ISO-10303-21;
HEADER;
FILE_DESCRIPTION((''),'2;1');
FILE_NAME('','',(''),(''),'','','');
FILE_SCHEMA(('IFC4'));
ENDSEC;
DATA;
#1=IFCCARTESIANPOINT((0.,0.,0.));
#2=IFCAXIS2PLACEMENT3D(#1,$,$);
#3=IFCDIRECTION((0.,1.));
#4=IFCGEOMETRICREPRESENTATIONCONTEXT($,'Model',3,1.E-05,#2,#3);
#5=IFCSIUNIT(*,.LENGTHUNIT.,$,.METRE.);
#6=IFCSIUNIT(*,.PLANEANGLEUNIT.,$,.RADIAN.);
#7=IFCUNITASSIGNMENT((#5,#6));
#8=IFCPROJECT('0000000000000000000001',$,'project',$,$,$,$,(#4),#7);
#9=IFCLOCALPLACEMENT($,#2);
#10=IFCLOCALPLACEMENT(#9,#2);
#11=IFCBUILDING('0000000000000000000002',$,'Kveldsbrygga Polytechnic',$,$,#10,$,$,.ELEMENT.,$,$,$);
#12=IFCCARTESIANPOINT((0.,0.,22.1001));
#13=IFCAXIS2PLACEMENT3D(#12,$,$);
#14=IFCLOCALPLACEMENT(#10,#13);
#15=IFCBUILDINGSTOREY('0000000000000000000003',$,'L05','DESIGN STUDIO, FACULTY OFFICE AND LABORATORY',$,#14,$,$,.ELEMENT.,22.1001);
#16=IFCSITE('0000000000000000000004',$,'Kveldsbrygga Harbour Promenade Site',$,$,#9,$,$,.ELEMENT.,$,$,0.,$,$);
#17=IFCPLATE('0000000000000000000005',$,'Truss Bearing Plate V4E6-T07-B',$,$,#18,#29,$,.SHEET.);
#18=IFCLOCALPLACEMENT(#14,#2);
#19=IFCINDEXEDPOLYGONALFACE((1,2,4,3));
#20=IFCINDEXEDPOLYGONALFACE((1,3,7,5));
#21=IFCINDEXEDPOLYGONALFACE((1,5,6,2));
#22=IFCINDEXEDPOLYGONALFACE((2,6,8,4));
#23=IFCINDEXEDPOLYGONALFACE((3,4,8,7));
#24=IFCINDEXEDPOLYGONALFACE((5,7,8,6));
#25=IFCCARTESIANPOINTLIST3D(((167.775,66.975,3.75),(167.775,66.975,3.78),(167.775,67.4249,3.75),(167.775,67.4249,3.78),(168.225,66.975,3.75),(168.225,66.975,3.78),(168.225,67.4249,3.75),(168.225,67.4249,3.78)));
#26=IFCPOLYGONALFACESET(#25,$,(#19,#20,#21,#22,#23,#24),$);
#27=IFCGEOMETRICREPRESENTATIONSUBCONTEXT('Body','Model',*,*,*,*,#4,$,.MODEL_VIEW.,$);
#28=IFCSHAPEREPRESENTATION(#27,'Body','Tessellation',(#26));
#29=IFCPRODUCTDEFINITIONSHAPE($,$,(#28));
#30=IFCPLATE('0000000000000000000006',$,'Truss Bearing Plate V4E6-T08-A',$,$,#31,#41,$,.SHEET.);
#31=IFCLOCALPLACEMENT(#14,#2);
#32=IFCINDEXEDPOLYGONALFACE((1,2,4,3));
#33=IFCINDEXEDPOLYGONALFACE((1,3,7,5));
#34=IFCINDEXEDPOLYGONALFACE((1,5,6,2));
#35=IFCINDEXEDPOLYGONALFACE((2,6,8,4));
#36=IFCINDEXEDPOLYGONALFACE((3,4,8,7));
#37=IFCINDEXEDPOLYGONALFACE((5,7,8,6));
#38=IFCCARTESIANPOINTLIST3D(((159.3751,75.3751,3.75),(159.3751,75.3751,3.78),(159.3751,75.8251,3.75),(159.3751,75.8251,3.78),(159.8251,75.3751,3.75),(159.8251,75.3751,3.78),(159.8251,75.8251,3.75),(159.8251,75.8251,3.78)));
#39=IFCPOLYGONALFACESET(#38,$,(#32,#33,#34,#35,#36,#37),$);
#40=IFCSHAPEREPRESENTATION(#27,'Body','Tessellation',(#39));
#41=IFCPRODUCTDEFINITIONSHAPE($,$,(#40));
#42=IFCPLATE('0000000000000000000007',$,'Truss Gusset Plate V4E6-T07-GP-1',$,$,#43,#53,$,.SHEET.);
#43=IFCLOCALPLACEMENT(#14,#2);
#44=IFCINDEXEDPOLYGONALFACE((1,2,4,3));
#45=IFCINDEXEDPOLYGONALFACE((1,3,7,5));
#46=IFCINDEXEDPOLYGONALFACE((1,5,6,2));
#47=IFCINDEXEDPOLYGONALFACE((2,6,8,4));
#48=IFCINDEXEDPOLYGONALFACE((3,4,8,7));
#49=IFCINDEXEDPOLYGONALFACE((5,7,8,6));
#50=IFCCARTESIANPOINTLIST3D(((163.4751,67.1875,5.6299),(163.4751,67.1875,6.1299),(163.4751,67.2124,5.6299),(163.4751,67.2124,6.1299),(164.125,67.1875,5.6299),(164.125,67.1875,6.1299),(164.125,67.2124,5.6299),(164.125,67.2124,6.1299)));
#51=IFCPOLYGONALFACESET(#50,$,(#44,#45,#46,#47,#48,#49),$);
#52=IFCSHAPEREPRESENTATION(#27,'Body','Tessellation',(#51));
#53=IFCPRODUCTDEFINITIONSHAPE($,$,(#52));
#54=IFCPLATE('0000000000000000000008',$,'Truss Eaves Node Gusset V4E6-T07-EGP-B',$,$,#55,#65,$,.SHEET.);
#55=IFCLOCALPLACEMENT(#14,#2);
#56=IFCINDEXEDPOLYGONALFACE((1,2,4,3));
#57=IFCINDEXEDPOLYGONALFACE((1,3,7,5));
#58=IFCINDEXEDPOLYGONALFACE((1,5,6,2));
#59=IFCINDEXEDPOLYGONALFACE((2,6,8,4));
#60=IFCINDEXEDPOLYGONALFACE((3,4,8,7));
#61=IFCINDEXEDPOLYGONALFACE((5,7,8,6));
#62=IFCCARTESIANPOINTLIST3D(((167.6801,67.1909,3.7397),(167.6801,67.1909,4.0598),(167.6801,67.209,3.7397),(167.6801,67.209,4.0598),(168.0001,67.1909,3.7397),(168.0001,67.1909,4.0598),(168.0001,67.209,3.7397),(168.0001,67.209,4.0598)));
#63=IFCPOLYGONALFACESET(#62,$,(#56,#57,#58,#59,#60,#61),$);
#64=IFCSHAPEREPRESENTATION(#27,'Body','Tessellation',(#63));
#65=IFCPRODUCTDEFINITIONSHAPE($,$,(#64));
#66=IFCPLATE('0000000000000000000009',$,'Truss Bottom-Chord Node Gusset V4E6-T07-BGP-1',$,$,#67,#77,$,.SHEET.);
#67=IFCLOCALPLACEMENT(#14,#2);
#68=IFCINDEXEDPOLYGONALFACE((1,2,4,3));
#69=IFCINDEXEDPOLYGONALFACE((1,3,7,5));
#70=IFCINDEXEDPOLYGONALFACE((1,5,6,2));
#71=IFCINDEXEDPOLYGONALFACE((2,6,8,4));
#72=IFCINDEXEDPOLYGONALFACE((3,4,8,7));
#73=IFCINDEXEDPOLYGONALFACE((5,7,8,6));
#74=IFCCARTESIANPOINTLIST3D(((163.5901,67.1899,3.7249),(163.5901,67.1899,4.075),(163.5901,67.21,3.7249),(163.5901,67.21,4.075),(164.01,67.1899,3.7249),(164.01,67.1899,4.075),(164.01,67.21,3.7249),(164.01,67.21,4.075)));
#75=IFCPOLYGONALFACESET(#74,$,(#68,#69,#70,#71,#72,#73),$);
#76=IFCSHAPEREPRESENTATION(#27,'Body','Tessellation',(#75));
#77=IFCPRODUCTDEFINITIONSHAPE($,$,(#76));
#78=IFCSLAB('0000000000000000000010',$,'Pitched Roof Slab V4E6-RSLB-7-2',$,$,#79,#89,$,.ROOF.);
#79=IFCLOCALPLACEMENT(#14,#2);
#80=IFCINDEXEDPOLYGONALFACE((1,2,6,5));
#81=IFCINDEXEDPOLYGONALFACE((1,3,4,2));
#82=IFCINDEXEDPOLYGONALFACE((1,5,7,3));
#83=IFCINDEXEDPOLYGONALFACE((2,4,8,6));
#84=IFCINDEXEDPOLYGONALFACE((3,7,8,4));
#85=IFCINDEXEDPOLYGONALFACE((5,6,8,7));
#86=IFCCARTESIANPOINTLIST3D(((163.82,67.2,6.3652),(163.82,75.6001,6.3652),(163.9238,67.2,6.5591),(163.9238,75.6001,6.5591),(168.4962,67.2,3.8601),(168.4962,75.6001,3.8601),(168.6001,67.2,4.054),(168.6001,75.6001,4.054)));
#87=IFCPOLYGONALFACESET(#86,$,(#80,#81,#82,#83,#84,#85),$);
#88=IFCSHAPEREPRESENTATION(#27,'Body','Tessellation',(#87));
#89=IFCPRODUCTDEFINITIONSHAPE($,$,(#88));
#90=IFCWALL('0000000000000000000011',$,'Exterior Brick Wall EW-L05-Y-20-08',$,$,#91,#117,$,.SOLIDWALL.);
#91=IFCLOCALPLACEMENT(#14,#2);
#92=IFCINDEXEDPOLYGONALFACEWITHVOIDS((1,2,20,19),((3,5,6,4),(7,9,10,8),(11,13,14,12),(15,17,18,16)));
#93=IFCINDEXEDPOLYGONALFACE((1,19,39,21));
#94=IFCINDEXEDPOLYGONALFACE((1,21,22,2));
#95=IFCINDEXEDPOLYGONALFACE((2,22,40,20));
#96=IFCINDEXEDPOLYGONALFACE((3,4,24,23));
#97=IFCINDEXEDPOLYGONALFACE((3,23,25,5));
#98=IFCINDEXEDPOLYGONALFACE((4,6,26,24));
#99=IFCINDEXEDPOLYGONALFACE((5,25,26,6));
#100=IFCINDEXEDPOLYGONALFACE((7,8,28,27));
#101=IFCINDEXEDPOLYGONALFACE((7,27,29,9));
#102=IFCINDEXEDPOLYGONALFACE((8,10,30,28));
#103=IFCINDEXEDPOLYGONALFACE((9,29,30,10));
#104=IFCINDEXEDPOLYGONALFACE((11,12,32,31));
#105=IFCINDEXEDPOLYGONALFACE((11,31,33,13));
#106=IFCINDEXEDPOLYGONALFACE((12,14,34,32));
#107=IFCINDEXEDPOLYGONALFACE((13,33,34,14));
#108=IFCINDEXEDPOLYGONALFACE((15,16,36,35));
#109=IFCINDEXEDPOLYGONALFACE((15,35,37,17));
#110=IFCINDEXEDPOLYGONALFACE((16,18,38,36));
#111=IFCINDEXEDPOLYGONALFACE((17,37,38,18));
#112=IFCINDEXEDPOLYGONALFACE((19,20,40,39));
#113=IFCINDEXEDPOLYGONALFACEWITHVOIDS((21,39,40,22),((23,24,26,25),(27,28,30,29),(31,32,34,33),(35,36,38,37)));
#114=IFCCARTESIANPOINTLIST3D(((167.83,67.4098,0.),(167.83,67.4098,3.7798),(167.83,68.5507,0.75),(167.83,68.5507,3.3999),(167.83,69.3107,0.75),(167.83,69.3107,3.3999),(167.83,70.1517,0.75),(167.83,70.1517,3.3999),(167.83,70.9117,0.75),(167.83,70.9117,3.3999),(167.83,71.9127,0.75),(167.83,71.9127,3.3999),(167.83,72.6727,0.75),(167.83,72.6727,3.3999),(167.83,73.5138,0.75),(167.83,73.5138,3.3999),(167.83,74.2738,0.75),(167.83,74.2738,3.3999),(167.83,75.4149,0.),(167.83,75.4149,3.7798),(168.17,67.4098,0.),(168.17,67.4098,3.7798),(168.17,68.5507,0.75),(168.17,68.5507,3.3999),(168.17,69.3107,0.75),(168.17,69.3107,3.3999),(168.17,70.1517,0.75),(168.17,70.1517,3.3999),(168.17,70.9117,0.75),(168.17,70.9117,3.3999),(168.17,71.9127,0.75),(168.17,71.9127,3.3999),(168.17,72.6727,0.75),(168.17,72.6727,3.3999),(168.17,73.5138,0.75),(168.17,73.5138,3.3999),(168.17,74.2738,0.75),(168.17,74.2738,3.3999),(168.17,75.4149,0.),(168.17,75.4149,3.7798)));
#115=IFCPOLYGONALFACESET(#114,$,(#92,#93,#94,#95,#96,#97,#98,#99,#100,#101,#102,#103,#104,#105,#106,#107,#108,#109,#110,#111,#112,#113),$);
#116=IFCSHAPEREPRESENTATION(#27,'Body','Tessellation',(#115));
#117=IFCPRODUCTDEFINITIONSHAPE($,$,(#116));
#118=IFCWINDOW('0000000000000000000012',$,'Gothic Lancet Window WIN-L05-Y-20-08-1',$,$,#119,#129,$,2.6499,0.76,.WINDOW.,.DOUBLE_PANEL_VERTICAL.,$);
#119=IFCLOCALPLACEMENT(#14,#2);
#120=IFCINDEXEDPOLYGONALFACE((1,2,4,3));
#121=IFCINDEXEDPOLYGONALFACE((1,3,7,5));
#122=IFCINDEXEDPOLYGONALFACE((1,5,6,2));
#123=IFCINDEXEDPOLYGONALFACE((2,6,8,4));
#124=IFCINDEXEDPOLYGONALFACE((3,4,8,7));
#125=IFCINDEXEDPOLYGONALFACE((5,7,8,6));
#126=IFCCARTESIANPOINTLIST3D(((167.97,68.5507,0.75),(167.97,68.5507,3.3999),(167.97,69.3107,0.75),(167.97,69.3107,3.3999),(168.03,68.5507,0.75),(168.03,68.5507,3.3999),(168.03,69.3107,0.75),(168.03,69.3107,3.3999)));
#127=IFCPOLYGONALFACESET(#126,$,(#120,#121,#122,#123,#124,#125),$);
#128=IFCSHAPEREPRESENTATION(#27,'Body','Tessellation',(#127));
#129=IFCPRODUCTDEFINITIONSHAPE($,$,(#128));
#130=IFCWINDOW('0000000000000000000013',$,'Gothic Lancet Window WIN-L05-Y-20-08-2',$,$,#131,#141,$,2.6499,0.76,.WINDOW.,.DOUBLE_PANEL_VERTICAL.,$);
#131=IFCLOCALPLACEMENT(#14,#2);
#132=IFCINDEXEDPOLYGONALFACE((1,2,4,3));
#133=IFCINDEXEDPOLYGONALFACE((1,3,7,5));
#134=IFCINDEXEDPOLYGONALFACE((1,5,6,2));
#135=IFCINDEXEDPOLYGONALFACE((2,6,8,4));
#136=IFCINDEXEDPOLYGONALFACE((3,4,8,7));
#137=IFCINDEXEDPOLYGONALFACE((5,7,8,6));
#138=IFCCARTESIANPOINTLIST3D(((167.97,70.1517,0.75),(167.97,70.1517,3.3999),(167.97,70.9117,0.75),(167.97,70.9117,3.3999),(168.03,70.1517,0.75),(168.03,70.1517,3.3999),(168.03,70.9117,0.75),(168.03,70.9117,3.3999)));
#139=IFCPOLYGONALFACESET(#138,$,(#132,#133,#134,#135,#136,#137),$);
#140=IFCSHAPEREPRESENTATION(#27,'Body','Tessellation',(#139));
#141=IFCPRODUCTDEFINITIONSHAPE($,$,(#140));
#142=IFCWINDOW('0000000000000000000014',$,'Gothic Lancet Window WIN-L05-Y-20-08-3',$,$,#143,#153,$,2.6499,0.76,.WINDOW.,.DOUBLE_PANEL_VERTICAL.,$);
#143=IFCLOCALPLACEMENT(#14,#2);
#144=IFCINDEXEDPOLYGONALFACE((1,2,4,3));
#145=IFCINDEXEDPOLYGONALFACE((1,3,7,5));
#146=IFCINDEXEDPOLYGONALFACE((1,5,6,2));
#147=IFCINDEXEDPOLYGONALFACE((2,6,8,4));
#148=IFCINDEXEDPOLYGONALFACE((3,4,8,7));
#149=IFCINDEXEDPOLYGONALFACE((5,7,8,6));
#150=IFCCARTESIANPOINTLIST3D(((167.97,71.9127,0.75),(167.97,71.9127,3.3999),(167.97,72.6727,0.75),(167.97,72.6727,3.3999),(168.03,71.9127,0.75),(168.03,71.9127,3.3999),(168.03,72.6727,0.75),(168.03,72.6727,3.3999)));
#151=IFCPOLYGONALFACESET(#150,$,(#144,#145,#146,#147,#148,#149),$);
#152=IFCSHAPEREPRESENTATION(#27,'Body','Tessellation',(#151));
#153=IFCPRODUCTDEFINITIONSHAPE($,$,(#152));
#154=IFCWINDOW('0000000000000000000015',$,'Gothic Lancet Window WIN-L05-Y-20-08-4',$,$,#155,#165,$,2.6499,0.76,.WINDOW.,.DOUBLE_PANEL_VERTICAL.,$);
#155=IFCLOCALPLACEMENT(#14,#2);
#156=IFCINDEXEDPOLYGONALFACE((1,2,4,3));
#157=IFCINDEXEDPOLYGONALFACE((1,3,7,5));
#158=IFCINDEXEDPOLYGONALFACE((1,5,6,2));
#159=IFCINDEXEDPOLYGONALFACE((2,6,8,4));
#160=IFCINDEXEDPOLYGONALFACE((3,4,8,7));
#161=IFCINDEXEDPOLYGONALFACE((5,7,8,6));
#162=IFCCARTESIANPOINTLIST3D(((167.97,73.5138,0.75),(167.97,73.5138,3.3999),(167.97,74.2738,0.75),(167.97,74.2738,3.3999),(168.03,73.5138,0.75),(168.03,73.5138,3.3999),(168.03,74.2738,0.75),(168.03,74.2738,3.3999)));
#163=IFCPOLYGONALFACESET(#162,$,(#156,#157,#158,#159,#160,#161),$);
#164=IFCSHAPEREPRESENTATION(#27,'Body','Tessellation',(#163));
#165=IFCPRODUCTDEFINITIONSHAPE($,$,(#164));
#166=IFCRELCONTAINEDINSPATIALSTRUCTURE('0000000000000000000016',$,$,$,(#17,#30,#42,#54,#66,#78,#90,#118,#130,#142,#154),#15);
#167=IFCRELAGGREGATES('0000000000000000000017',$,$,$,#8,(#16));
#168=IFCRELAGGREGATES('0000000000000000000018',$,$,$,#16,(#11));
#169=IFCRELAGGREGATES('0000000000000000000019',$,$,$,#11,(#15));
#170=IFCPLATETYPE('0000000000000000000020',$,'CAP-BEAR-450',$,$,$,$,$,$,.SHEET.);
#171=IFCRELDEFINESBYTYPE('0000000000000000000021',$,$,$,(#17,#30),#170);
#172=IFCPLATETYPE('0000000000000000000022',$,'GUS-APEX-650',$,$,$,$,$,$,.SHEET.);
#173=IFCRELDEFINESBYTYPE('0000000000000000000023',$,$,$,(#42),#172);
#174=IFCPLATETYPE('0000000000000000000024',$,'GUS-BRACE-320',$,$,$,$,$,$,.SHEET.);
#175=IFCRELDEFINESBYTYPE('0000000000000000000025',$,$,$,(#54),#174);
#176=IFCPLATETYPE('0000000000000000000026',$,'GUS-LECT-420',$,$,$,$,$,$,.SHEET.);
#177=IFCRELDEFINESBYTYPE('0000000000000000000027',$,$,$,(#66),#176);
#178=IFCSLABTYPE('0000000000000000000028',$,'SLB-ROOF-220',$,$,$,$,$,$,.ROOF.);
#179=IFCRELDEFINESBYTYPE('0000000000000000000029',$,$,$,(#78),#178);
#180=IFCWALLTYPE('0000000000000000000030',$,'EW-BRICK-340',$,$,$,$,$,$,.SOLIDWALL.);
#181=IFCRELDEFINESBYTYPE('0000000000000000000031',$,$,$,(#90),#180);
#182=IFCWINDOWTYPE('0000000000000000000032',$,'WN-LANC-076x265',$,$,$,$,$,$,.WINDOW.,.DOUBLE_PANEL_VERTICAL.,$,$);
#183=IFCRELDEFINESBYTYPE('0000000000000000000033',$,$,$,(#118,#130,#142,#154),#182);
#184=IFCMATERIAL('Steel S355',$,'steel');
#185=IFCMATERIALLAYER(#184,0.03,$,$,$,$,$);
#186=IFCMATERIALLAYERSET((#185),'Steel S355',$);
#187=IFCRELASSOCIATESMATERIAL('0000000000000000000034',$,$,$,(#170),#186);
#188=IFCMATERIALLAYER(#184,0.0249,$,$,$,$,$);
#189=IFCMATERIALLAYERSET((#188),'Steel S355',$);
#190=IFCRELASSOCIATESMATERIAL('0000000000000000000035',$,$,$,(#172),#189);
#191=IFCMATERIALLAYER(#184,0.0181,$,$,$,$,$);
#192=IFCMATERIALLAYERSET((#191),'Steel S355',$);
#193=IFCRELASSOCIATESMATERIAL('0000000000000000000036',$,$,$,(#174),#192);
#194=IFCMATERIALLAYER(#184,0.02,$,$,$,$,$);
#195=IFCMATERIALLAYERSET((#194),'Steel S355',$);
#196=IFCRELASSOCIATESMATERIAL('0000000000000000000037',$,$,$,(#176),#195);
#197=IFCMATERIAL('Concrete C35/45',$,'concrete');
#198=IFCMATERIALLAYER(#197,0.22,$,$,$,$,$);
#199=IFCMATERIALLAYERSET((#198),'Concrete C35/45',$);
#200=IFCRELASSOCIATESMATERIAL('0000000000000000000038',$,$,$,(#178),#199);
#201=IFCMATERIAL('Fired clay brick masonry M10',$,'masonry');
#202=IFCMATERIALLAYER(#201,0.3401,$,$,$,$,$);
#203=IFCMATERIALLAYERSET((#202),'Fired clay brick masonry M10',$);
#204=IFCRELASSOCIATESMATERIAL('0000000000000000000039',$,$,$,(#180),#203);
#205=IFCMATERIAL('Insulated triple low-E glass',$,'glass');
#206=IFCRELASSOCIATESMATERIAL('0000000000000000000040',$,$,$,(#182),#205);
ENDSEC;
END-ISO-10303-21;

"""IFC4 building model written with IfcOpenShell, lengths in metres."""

from ifc_helpers import new_model, si_unit, direction, frame, frame_2d, origin, origin_2d, place, context, subcontext, project, spatial, polyline, rectangle, outline, extrude, material, layer, layer_set, type_object, element, fill, save


model = new_model("IFC4")

# Units and contexts
model_context = context("Model", 3, precision=1e-05, world=origin(), true_north=direction((0.0, 1.0)))
body_context = subcontext(model_context, "Body", "Model", "MODEL_VIEW")
ifc_project = project(units=[si_unit("LENGTHUNIT", "METRE"), si_unit("PLANEANGLEUNIT", "RADIAN")], contexts=[model_context])

# Site, building, storey
site_placement = place(None, origin())
site = spatial("IfcSite", under=ifc_project, at=site_placement, Name="Kveldsbrygga Harbour Promenade Site", CompositionType="ELEMENT", RefElevation=0.0)
building_placement = place(site_placement, origin())
building = spatial("IfcBuilding", under=site, at=building_placement, Name="Kveldsbrygga Polytechnic", CompositionType="ELEMENT")
storey_placement = place(building_placement, frame((0.0, 0.0, 22.1001)))
storey = spatial("IfcBuildingStorey", under=building, at=storey_placement, Name="L05", Description="DESIGN STUDIO, FACULTY OFFICE AND LABORATORY", CompositionType="ELEMENT", Elevation=22.1001)

# Shared definitions
ifc_material_1 = material(Name="Concrete C35/45", Category="concrete")

# Shared definitions
ifc_material_2 = material(Name="Steel S355", Category="steel")

# Plates
ifc_layer_1 = layer(ifc_material_2, 0.03)
ifc_layer_set_1 = layer_set([ifc_layer_1], Name="Steel S355")
plate_type_1 = type_object("IfcPlateType", Name="CAP-BEAR-450", PredefinedType="SHEET", material=ifc_layer_set_1)
for number, where, z_axis, x_axis, name in (
    (1, (168.0, 67.2, 3.75), (0.0, 0.0, 1.0), (1.0, 0.0, 0.0), "Truss Bearing Plate V4E6-T07-B"),
    (2, (159.6001, 75.6001, 3.75), (0.0, 0.0, 1.0), (1.0, 0.0, 0.0), "Truss Bearing Plate V4E6-T08-A"),
):
    element("IfcPlate", number, at=place(storey_placement, frame(where, z_axis=z_axis, x_axis=x_axis)), inside=storey, type_object=plate_type_1, Name=name, PredefinedType="SHEET", context=body_context, shape_type="SweptSolid", body=[
        extrude(rectangle(XDim=0.45, YDim=0.45, at=origin_2d()), origin(), (0.0, 0.0, 1.0), 0.03),
    ])
ifc_layer_2 = layer(ifc_material_2, 0.0249)
ifc_layer_set_2 = layer_set([ifc_layer_2], Name="Steel S355")
plate_type_2 = type_object("IfcPlateType", Name="GUS-APEX-650", PredefinedType="SHEET", material=ifc_layer_set_2)
plate_1_placement = place(storey_placement, frame((163.8, 67.2, 5.6299), z_axis=(0.0, 0.0, 1.0), x_axis=(1.0, 0.0, 0.0)))
element("IfcPlate", 3, at=plate_1_placement, inside=storey, type_object=plate_type_2, Name="Truss Gusset Plate V4E6-T07-GP-1", PredefinedType="SHEET", context=body_context, shape_type="SweptSolid", body=[
    extrude(rectangle(XDim=0.6499, YDim=0.0249, at=origin_2d()), origin(), (0.0, 0.0, 1.0), 0.5),
])
ifc_layer_3 = layer(ifc_material_2, 0.0181)
ifc_layer_set_3 = layer_set([ifc_layer_3], Name="Steel S355")
plate_type_3 = type_object("IfcPlateType", Name="GUS-BRACE-320", PredefinedType="SHEET", material=ifc_layer_set_3)
plate_2_placement = place(storey_placement, frame((167.8401, 67.2, 3.7397), z_axis=(0.0, 0.0, 1.0), x_axis=(1.0, 0.0, 0.0)))
element("IfcPlate", 4, at=plate_2_placement, inside=storey, type_object=plate_type_3, Name="Truss Eaves Node Gusset V4E6-T07-EGP-B", PredefinedType="SHEET", context=body_context, shape_type="SweptSolid", body=[
    extrude(rectangle(XDim=0.3201, YDim=0.0181, at=origin_2d()), origin(), (0.0, 0.0, 1.0), 0.3201),
])
ifc_layer_4 = layer(ifc_material_2, 0.02)
ifc_layer_set_4 = layer_set([ifc_layer_4], Name="Steel S355")
plate_type_4 = type_object("IfcPlateType", Name="GUS-LECT-420", PredefinedType="SHEET", material=ifc_layer_set_4)
plate_3_placement = place(storey_placement, frame((163.8, 67.2, 3.7249), z_axis=(0.0, 0.0, 1.0), x_axis=(1.0, 0.0, 0.0)))
element("IfcPlate", 5, at=plate_3_placement, inside=storey, type_object=plate_type_4, Name="Truss Bottom-Chord Node Gusset V4E6-T07-BGP-1", PredefinedType="SHEET", context=body_context, shape_type="SweptSolid", body=[
    extrude(rectangle(XDim=0.4199, YDim=0.02, at=origin_2d()), origin(), (0.0, 0.0, 1.0), 0.3501),
])

# Slab
ifc_layer_5 = layer(ifc_material_1, 0.22)
ifc_layer_set_5 = layer_set([ifc_layer_5], Name="Concrete C35/45")
slab_type = type_object("IfcSlabType", Name="SLB-ROOF-220", PredefinedType="ROOF", material=ifc_layer_set_5)
slab_placement = place(storey_placement, frame((163.9238, 67.2, 6.5591), z_axis=(0.472219, 0.0, 0.881481), x_axis=(0.881481, 0.0, -0.472219)))
element("IfcSlab", 6, at=slab_placement, inside=storey, type_object=slab_type, Name="Pitched Roof Slab V4E6-RSLB-7-2", PredefinedType="ROOF", context=body_context, shape_type="SweptSolid", body=[
    extrude(outline(polyline([(0.0, 0.0), (5.305, 0.0), (5.305, 8.4001), (0.0, 8.4001), (0.0, 0.0)])), origin(), (0.0, 0.0, -1.0), 0.22),
])

# Wall, openings, windows
ifc_material_3 = material(Name="Fired clay brick masonry M10", Category="masonry")
ifc_layer_6 = layer(ifc_material_3, 0.3401)
ifc_layer_set_6 = layer_set([ifc_layer_6], Name="Fired clay brick masonry M10")
wall_type_1 = type_object("IfcWallType", Name="EW-BRICK-340", PredefinedType="SOLIDWALL", material=ifc_layer_set_6)
wall_1_placement = place(storey_placement, frame((168.0, 67.4099, 0.0), z_axis=(0.0, 0.0, 1.0), x_axis=(0.0, 1.0, 0.0)))
wall_1 = element("IfcWall", 7, at=wall_1_placement, inside=storey, type_object=wall_type_1, Name="Exterior Brick Wall EW-L05-Y-20-08", PredefinedType="SOLIDWALL", context=body_context, shape_type="SweptSolid", body=[
    extrude(rectangle(XDim=8.0051, YDim=0.3401, at=frame_2d((4.0024, 0.0))), origin(), (0.0, 0.0, 1.0), 3.7798),
])
opening_1_placement = place(wall_1_placement, frame((1.1409, 0.0, 0.75)))
opening_1 = element("IfcOpeningElement", 8, at=opening_1_placement, cuts=wall_1, PredefinedType="OPENING", context=body_context, shape_type="SweptSolid", body=[
    extrude(rectangle(XDim=0.76, YDim=2.6499, at=frame_2d((0.3799, 1.325))), frame((0.0, 0.1802, 0.0), z_axis=(0.0, -1.0, 0.0), x_axis=(1.0, 0.0, 0.0)), (0.0, 0.0, 1.0), 0.3601),
])
opening_2_placement = place(wall_1_placement, frame((2.7419, 0.0, 0.75)))
opening_2 = element("IfcOpeningElement", 9, at=opening_2_placement, cuts=wall_1, PredefinedType="OPENING", context=body_context, shape_type="SweptSolid", body=[
    extrude(rectangle(XDim=0.76, YDim=2.6499, at=frame_2d((0.3799, 1.325))), frame((0.0, 0.1802, 0.0), z_axis=(0.0, -1.0, 0.0), x_axis=(1.0, 0.0, 0.0)), (0.0, 0.0, 1.0), 0.3601),
])
opening_3_placement = place(wall_1_placement, frame((4.5029, 0.0, 0.75)))
opening_3 = element("IfcOpeningElement", 10, at=opening_3_placement, cuts=wall_1, PredefinedType="OPENING", context=body_context, shape_type="SweptSolid", body=[
    extrude(rectangle(XDim=0.76, YDim=2.6499, at=frame_2d((0.3799, 1.325))), frame((0.0, 0.1802, 0.0), z_axis=(0.0, -1.0, 0.0), x_axis=(1.0, 0.0, 0.0)), (0.0, 0.0, 1.0), 0.3601),
])
opening_4_placement = place(wall_1_placement, frame((6.104, 0.0, 0.75)))
opening_4 = element("IfcOpeningElement", 11, at=opening_4_placement, cuts=wall_1, PredefinedType="OPENING", context=body_context, shape_type="SweptSolid", body=[
    extrude(rectangle(XDim=0.76, YDim=2.6499, at=frame_2d((0.3799, 1.325))), frame((0.0, 0.1802, 0.0), z_axis=(0.0, -1.0, 0.0), x_axis=(1.0, 0.0, 0.0)), (0.0, 0.0, 1.0), 0.3601),
])
ifc_material_4 = material(Name="Insulated triple low-E glass", Category="glass")
window_type = type_object("IfcWindowType", Name="WN-LANC-076x265", PartitioningType="DOUBLE_PANEL_VERTICAL", PredefinedType="WINDOW", material=ifc_material_4)
window_1_placement = place(opening_1_placement, origin())
window_1 = element("IfcWindow", 12, at=window_1_placement, inside=storey, type_object=window_type, Name="Gothic Lancet Window WIN-L05-Y-20-08-1", OverallHeight=2.6499, OverallWidth=0.76, PartitioningType="DOUBLE_PANEL_VERTICAL", PredefinedType="WINDOW", context=body_context, shape_type="SweptSolid", body=[
    extrude(rectangle(XDim=0.76, YDim=2.6499, at=frame_2d((0.3799, 1.325))), frame((0.0, 0.03, 0.0), z_axis=(0.0, -1.0, 0.0), x_axis=(1.0, 0.0, 0.0)), (0.0, 0.0, 1.0), 0.0601),
])
fill(opening_1, window_1)
window_2_placement = place(opening_2_placement, origin())
window_2 = element("IfcWindow", 13, at=window_2_placement, inside=storey, type_object=window_type, Name="Gothic Lancet Window WIN-L05-Y-20-08-2", OverallHeight=2.6499, OverallWidth=0.76, PartitioningType="DOUBLE_PANEL_VERTICAL", PredefinedType="WINDOW", context=body_context, shape_type="SweptSolid", body=[
    extrude(rectangle(XDim=0.76, YDim=2.6499, at=frame_2d((0.3799, 1.325))), frame((0.0, 0.03, 0.0), z_axis=(0.0, -1.0, 0.0), x_axis=(1.0, 0.0, 0.0)), (0.0, 0.0, 1.0), 0.0601),
])
fill(opening_2, window_2)
window_3_placement = place(opening_3_placement, origin())
window_3 = element("IfcWindow", 14, at=window_3_placement, inside=storey, type_object=window_type, Name="Gothic Lancet Window WIN-L05-Y-20-08-3", OverallHeight=2.6499, OverallWidth=0.76, PartitioningType="DOUBLE_PANEL_VERTICAL", PredefinedType="WINDOW", context=body_context, shape_type="SweptSolid", body=[
    extrude(rectangle(XDim=0.76, YDim=2.6499, at=frame_2d((0.3799, 1.325))), frame((0.0, 0.03, 0.0), z_axis=(0.0, -1.0, 0.0), x_axis=(1.0, 0.0, 0.0)), (0.0, 0.0, 1.0), 0.0601),
])
fill(opening_3, window_3)
window_4_placement = place(opening_4_placement, origin())
window_4 = element("IfcWindow", 15, at=window_4_placement, inside=storey, type_object=window_type, Name="Gothic Lancet Window WIN-L05-Y-20-08-4", OverallHeight=2.6499, OverallWidth=0.76, PartitioningType="DOUBLE_PANEL_VERTICAL", PredefinedType="WINDOW", context=body_context, shape_type="SweptSolid", body=[
    extrude(rectangle(XDim=0.76, YDim=2.6499, at=frame_2d((0.3799, 1.325))), frame((0.0, 0.03, 0.0), z_axis=(0.0, -1.0, 0.0), x_axis=(1.0, 0.0, 0.0)), (0.0, 0.0, 1.0), 0.0601),
])
fill(opening_4, window_4)

save(model, "model.ifc")
